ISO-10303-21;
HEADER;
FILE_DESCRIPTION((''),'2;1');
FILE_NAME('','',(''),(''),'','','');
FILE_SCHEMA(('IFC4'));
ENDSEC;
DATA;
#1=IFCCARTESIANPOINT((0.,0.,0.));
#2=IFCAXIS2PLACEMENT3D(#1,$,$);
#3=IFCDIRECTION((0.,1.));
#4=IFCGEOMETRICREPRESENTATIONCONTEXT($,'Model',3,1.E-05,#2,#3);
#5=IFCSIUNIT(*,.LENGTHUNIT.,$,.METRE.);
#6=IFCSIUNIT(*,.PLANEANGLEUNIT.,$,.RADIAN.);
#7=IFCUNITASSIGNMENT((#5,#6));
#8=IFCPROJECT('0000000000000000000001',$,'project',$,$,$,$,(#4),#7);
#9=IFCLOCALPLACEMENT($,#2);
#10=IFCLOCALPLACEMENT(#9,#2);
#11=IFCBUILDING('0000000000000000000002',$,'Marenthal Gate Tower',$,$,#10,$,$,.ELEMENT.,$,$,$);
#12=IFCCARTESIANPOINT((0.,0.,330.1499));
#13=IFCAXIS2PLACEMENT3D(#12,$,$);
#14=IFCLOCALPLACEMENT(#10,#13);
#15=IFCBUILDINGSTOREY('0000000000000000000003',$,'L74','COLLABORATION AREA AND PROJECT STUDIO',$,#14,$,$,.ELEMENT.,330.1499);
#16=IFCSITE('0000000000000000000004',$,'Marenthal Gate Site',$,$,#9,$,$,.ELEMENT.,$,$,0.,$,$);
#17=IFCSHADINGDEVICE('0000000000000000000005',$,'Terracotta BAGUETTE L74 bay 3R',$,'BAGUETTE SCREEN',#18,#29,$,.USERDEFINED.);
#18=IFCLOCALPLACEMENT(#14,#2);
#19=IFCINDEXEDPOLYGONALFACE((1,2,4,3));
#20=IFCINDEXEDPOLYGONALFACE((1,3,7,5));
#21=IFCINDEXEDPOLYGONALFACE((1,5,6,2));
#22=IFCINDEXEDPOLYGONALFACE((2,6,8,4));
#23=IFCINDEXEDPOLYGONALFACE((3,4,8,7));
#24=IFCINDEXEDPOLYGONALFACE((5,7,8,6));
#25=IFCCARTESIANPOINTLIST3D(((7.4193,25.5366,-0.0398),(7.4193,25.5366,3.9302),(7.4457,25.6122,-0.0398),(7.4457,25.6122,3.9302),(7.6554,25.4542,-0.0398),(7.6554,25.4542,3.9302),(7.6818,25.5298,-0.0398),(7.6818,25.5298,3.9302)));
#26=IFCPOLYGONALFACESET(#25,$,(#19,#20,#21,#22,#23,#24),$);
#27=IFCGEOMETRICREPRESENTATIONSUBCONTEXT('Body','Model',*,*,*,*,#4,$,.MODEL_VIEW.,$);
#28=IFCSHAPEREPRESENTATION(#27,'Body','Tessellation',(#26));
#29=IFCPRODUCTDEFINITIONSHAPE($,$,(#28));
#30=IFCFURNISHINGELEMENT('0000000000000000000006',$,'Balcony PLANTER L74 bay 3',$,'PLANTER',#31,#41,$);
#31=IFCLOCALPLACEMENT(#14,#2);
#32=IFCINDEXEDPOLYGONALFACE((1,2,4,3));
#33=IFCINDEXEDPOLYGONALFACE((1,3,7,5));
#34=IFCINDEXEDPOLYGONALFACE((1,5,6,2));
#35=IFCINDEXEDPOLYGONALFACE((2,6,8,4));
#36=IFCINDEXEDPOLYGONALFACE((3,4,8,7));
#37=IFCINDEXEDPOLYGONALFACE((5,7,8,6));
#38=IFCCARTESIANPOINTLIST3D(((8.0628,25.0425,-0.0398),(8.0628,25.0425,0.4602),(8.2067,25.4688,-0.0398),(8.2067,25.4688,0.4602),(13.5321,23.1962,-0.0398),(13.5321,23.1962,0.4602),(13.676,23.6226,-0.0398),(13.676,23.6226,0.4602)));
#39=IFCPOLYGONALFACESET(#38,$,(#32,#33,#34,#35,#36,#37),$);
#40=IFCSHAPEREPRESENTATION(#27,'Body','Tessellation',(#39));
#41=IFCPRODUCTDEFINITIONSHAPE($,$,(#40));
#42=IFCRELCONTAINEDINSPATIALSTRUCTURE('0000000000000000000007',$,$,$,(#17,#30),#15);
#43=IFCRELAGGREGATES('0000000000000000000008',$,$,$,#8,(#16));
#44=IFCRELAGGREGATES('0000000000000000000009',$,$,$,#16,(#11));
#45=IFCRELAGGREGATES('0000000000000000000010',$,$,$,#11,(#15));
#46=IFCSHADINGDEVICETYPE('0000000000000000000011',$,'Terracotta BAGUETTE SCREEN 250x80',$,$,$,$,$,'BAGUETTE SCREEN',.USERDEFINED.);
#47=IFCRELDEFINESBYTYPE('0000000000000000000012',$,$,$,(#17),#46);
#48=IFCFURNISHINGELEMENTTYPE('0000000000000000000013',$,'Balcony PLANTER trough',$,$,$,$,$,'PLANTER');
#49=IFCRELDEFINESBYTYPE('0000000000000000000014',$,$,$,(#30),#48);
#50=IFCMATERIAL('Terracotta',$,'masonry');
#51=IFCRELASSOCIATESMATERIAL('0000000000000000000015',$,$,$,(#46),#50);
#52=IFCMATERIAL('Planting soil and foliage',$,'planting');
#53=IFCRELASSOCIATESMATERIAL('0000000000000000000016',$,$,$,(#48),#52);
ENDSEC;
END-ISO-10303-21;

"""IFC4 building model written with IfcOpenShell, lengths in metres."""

from ifc_helpers import new_model, si_unit, direction, frame, origin, origin_2d, place, context, subcontext, project, spatial, rectangle, extrude, material, material_profile, profile_set, type_object, element, save


model = new_model("IFC4")

# Units and contexts
model_context = context("Model", 3, precision=1e-05, world=origin(), true_north=direction((0.0, 1.0)))
body_context = subcontext(model_context, "Body", "Model", "MODEL_VIEW")
ifc_project = project(units=[si_unit("LENGTHUNIT", "METRE"), si_unit("PLANEANGLEUNIT", "RADIAN")], contexts=[model_context])

# Site, building, storey
site_placement = place(None, origin())
site = spatial("IfcSite", under=ifc_project, at=site_placement, Name="Marenthal Gate Site", CompositionType="ELEMENT", RefElevation=0.0)
building_placement = place(site_placement, origin())
building = spatial("IfcBuilding", under=site, at=building_placement, Name="Marenthal Gate Tower", CompositionType="ELEMENT")
storey_placement = place(building_placement, frame((0.0, 0.0, 330.1499)))
storey = spatial("IfcBuildingStorey", under=building, at=storey_placement, Name="L74", Description="COLLABORATION AREA AND PROJECT STUDIO", CompositionType="ELEMENT", Elevation=330.1499)

# Shading device
ifc_material_1 = material(Name="Terracotta", Category="masonry")
ifc_material_profile_1 = material_profile(ifc_material_1, rectangle(XDim=0.25, YDim=0.0801, at=origin_2d()), Name="Terracotta baguette 250x80")
ifc_profile_set_1 = profile_set([ifc_material_profile_1], Name="Terracotta")
shading_device_type = type_object("IfcShadingDeviceType", Name="Terracotta BAGUETTE SCREEN 250x80", ElementType="BAGUETTE SCREEN", PredefinedType="USERDEFINED", material=ifc_profile_set_1)
shading_device_placement = place(storey_placement, frame((7.5505, 25.5332, -0.0398), z_axis=(0.0, 0.0, 1.0), x_axis=(-0.944214, 0.329333, 0.0)))
element("IfcShadingDevice", 1, at=shading_device_placement, inside=storey, type_object=shading_device_type, Name="Terracotta BAGUETTE L74 bay 3R", ObjectType="BAGUETTE SCREEN", PredefinedType="USERDEFINED", context=body_context, shape_type="SweptSolid", body=[
    extrude(rectangle(XDim=0.25, YDim=0.0801, at=origin_2d()), origin(), (0.0, 0.0, 1.0), 3.97),
])

# Furnishing element
ifc_material_2 = material(Name="Planting soil and foliage", Category="planting")
furnishing_element_type = type_object("IfcFurnishingElementType", Name="Balcony PLANTER trough", ElementType="PLANTER", material=ifc_material_2)
furnishing_placement = place(storey_placement, frame((10.8694, 24.3325, -0.0398), z_axis=(0.0, 0.0, 1.0), x_axis=(-0.947473, 0.319835, 0.0)))
element("IfcFurnishingElement", 2, at=furnishing_placement, inside=storey, type_object=furnishing_element_type, Name="Balcony PLANTER L74 bay 3", ObjectType="PLANTER", context=body_context, shape_type="SweptSolid", body=[
    extrude(rectangle(XDim=5.7725, YDim=0.45, at=origin_2d()), origin(), (0.0, 0.0, 1.0), 0.5),
])

save(model, "model.ifc")
